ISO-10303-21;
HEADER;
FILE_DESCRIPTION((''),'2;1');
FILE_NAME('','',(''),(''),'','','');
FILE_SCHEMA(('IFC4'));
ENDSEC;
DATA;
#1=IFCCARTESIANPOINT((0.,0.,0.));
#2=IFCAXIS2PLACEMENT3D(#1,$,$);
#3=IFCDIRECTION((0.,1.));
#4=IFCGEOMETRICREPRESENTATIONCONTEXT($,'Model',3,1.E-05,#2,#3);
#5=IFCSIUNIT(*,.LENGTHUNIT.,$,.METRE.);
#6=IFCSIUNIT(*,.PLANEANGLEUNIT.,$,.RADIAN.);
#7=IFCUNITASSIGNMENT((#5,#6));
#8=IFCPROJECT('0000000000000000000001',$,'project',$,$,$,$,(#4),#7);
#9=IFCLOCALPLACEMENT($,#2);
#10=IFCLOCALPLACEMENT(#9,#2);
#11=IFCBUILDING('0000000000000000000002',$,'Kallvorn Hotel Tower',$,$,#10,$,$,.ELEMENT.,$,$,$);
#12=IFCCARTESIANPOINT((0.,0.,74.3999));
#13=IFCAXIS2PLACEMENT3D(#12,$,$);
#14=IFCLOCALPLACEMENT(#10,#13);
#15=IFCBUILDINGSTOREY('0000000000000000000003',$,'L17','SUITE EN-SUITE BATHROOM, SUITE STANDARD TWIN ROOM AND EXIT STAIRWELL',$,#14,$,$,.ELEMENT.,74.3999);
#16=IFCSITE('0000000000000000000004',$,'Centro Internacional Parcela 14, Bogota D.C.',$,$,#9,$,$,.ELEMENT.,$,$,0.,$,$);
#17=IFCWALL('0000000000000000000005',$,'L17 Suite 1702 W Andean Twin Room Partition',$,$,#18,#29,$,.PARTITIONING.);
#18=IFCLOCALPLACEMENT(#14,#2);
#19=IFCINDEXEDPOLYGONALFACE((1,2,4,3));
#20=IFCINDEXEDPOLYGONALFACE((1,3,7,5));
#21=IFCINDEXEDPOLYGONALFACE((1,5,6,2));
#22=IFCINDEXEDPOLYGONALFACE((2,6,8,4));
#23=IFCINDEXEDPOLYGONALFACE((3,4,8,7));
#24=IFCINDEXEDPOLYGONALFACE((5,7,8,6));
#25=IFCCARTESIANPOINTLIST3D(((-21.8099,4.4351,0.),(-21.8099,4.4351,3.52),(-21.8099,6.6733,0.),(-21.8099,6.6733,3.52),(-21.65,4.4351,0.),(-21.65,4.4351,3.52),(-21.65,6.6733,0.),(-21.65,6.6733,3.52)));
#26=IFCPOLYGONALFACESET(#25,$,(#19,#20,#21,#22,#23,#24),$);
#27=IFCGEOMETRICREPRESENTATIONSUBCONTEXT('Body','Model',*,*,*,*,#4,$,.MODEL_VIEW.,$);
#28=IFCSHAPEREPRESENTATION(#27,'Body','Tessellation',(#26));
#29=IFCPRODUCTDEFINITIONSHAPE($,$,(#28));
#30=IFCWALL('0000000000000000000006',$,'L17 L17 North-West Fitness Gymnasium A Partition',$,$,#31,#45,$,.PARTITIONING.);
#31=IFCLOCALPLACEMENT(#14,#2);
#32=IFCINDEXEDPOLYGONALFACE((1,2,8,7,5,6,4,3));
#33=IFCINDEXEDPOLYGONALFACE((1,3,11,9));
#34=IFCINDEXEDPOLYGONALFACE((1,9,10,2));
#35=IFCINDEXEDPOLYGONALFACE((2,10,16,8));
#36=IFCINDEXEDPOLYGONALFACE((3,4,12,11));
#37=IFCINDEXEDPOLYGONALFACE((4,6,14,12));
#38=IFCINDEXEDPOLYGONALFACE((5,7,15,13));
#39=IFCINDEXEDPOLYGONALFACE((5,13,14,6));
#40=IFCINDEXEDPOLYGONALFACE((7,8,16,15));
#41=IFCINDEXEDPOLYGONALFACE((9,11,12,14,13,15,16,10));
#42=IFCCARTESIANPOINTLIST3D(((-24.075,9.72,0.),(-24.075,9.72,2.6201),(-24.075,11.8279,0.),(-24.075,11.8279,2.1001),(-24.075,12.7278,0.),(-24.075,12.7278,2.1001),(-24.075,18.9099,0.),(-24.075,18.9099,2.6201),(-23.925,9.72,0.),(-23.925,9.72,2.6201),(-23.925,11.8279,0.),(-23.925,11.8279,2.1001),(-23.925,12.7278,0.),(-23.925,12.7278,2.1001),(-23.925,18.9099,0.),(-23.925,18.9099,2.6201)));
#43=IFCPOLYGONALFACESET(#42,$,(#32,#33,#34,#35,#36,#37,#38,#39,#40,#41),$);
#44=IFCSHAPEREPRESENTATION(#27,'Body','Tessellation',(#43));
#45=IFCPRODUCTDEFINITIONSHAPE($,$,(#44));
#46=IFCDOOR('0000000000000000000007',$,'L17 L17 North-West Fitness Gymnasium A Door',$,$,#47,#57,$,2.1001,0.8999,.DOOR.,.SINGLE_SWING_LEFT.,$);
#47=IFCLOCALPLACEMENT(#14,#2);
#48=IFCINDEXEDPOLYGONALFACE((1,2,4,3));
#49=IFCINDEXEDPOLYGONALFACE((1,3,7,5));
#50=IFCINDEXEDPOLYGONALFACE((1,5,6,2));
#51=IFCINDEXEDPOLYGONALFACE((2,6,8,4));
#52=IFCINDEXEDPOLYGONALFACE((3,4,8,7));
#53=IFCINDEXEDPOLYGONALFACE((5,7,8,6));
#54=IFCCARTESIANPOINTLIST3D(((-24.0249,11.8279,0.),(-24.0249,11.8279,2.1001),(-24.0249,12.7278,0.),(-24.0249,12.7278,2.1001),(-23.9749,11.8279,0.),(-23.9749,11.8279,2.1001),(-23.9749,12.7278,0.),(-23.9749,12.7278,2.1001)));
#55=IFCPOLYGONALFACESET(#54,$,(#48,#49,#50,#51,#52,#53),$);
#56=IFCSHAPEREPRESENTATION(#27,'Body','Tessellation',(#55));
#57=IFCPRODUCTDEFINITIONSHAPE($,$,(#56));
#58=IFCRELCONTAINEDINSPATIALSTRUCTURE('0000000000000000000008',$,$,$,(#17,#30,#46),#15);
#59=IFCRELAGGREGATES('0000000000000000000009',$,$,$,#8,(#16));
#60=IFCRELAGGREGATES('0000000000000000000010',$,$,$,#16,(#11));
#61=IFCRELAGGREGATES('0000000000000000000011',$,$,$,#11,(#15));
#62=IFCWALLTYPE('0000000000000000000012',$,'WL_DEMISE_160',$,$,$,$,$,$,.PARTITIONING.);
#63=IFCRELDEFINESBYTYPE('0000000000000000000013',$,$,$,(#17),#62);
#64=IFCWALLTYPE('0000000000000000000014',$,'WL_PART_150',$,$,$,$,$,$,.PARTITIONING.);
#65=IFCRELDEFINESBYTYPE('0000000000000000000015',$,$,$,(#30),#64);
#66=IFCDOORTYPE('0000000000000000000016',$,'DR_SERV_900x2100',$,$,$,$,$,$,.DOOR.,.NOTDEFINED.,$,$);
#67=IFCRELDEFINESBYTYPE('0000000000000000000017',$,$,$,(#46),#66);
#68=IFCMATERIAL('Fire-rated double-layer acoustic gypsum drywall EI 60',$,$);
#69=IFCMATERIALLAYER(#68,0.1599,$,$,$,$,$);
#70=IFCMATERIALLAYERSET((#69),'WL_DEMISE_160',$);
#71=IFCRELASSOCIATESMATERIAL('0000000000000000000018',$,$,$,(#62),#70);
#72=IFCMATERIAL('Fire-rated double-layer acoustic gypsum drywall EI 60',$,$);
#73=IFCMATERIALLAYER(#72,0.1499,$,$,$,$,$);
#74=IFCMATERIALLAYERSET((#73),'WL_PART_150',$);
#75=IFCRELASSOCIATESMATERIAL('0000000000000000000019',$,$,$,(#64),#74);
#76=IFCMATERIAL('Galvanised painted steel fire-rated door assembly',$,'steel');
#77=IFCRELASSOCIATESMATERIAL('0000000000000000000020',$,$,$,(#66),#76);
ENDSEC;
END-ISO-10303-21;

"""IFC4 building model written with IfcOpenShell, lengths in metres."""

from ifc_helpers import new_model, si_unit, direction, frame, frame_2d, origin, place, context, subcontext, project, spatial, rectangle, extrude, material, layer, layer_set, type_object, element, fill, save


model = new_model("IFC4")

# Units and contexts
model_context = context("Model", 3, precision=1e-05, world=origin(), true_north=direction((0.0, 1.0)))
body_context = subcontext(model_context, "Body", "Model", "MODEL_VIEW")
ifc_project = project(units=[si_unit("LENGTHUNIT", "METRE"), si_unit("PLANEANGLEUNIT", "RADIAN")], contexts=[model_context])

# Site, building, storey
site_placement = place(None, origin())
site = spatial("IfcSite", under=ifc_project, at=site_placement, Name="Centro Internacional Parcela 14, Bogota D.C.", CompositionType="ELEMENT", RefElevation=0.0)
building_placement = place(site_placement, origin())
building = spatial("IfcBuilding", under=site, at=building_placement, Name="Kallvorn Hotel Tower", CompositionType="ELEMENT")
storey_placement = place(building_placement, frame((0.0, 0.0, 74.3999)))
storey = spatial("IfcBuildingStorey", under=building, at=storey_placement, Name="L17", Description="SUITE EN-SUITE BATHROOM, SUITE STANDARD TWIN ROOM AND EXIT STAIRWELL", CompositionType="ELEMENT", Elevation=74.3999)

# Shared definitions
ifc_material_1 = material(Name="Fire-rated double-layer acoustic gypsum drywall EI 60")
ifc_layer_1 = layer(ifc_material_1, 0.1599)
ifc_layer_set_1 = layer_set([ifc_layer_1], Name="WL_DEMISE_160")
wall_type_1 = type_object("IfcWallType", Name="WL_DEMISE_160", PredefinedType="PARTITIONING", material=ifc_layer_set_1)

# Wall
wall_1_placement = place(storey_placement, frame((-21.73, 4.4351, 0.0), z_axis=(0.0, 0.0, 1.0), x_axis=(0.0, 1.0, 0.0)))
element("IfcWall", 1, at=wall_1_placement, inside=storey, type_object=wall_type_1, Name="L17 Suite 1702 W Andean Twin Room Partition", PredefinedType="PARTITIONING", context=body_context, shape_type="SweptSolid", body=[
    extrude(rectangle(XDim=2.2383, YDim=0.1599, at=frame_2d((1.1191, 0.0))), origin(), (0.0, 0.0, 1.0), 3.52),
])

# Wall, opening, door
ifc_material_2 = material(Name="Fire-rated double-layer acoustic gypsum drywall EI 60")
ifc_layer_2 = layer(ifc_material_2, 0.1499)
ifc_layer_set_2 = layer_set([ifc_layer_2], Name="WL_PART_150")
wall_type_2 = type_object("IfcWallType", Name="WL_PART_150", PredefinedType="PARTITIONING", material=ifc_layer_set_2)
wall_2_placement = place(storey_placement, frame((-24.0, 9.72, 0.0), z_axis=(0.0, 0.0, 1.0), x_axis=(0.0, 1.0, 0.0)))
wall_2 = element("IfcWall", 2, at=wall_2_placement, inside=storey, type_object=wall_type_2, Name="L17 L17 North-West Fitness Gymnasium A Partition", PredefinedType="PARTITIONING", context=body_context, shape_type="SweptSolid", body=[
    extrude(rectangle(XDim=9.1899, YDim=0.1499, at=frame_2d((4.595, 0.0))), origin(), (0.0, 0.0, 1.0), 2.6201),
])
opening_1_placement = place(wall_2_placement, frame((2.1079, 0.0, 0.0)))
opening_1 = element("IfcOpeningElement", 3, at=opening_1_placement, cuts=wall_2, PredefinedType="OPENING", context=body_context, shape_type="SweptSolid", body=[
    extrude(rectangle(XDim=0.8999, YDim=2.1001, at=frame_2d((0.45, 1.05))), frame((0.0, 0.0898, 0.0), z_axis=(0.0, -1.0, 0.0), x_axis=(1.0, 0.0, 0.0)), (0.0, 0.0, 1.0), 0.1799),
])
ifc_material_3 = material(Name="Galvanised painted steel fire-rated door assembly", Category="steel")
door_type_1 = type_object("IfcDoorType", Name="DR_SERV_900x2100", OperationType="NOTDEFINED", PredefinedType="DOOR", material=ifc_material_3)
door_1_placement = place(opening_1_placement, origin())
door_1 = element("IfcDoor", 4, at=door_1_placement, inside=storey, type_object=door_type_1, Name="L17 L17 North-West Fitness Gymnasium A Door", OperationType="SINGLE_SWING_LEFT", OverallHeight=2.1001, OverallWidth=0.8999, PredefinedType="DOOR", context=body_context, shape_type="SweptSolid", body=[
    extrude(rectangle(XDim=0.8999, YDim=2.1001, at=frame_2d((0.45, 1.05))), frame((0.0, 0.0249, 0.0), z_axis=(0.0, -1.0, 0.0), x_axis=(1.0, 0.0, 0.0)), (0.0, 0.0, 1.0), 0.05),
])
fill(opening_1, door_1)

save(model, "model.ifc")
